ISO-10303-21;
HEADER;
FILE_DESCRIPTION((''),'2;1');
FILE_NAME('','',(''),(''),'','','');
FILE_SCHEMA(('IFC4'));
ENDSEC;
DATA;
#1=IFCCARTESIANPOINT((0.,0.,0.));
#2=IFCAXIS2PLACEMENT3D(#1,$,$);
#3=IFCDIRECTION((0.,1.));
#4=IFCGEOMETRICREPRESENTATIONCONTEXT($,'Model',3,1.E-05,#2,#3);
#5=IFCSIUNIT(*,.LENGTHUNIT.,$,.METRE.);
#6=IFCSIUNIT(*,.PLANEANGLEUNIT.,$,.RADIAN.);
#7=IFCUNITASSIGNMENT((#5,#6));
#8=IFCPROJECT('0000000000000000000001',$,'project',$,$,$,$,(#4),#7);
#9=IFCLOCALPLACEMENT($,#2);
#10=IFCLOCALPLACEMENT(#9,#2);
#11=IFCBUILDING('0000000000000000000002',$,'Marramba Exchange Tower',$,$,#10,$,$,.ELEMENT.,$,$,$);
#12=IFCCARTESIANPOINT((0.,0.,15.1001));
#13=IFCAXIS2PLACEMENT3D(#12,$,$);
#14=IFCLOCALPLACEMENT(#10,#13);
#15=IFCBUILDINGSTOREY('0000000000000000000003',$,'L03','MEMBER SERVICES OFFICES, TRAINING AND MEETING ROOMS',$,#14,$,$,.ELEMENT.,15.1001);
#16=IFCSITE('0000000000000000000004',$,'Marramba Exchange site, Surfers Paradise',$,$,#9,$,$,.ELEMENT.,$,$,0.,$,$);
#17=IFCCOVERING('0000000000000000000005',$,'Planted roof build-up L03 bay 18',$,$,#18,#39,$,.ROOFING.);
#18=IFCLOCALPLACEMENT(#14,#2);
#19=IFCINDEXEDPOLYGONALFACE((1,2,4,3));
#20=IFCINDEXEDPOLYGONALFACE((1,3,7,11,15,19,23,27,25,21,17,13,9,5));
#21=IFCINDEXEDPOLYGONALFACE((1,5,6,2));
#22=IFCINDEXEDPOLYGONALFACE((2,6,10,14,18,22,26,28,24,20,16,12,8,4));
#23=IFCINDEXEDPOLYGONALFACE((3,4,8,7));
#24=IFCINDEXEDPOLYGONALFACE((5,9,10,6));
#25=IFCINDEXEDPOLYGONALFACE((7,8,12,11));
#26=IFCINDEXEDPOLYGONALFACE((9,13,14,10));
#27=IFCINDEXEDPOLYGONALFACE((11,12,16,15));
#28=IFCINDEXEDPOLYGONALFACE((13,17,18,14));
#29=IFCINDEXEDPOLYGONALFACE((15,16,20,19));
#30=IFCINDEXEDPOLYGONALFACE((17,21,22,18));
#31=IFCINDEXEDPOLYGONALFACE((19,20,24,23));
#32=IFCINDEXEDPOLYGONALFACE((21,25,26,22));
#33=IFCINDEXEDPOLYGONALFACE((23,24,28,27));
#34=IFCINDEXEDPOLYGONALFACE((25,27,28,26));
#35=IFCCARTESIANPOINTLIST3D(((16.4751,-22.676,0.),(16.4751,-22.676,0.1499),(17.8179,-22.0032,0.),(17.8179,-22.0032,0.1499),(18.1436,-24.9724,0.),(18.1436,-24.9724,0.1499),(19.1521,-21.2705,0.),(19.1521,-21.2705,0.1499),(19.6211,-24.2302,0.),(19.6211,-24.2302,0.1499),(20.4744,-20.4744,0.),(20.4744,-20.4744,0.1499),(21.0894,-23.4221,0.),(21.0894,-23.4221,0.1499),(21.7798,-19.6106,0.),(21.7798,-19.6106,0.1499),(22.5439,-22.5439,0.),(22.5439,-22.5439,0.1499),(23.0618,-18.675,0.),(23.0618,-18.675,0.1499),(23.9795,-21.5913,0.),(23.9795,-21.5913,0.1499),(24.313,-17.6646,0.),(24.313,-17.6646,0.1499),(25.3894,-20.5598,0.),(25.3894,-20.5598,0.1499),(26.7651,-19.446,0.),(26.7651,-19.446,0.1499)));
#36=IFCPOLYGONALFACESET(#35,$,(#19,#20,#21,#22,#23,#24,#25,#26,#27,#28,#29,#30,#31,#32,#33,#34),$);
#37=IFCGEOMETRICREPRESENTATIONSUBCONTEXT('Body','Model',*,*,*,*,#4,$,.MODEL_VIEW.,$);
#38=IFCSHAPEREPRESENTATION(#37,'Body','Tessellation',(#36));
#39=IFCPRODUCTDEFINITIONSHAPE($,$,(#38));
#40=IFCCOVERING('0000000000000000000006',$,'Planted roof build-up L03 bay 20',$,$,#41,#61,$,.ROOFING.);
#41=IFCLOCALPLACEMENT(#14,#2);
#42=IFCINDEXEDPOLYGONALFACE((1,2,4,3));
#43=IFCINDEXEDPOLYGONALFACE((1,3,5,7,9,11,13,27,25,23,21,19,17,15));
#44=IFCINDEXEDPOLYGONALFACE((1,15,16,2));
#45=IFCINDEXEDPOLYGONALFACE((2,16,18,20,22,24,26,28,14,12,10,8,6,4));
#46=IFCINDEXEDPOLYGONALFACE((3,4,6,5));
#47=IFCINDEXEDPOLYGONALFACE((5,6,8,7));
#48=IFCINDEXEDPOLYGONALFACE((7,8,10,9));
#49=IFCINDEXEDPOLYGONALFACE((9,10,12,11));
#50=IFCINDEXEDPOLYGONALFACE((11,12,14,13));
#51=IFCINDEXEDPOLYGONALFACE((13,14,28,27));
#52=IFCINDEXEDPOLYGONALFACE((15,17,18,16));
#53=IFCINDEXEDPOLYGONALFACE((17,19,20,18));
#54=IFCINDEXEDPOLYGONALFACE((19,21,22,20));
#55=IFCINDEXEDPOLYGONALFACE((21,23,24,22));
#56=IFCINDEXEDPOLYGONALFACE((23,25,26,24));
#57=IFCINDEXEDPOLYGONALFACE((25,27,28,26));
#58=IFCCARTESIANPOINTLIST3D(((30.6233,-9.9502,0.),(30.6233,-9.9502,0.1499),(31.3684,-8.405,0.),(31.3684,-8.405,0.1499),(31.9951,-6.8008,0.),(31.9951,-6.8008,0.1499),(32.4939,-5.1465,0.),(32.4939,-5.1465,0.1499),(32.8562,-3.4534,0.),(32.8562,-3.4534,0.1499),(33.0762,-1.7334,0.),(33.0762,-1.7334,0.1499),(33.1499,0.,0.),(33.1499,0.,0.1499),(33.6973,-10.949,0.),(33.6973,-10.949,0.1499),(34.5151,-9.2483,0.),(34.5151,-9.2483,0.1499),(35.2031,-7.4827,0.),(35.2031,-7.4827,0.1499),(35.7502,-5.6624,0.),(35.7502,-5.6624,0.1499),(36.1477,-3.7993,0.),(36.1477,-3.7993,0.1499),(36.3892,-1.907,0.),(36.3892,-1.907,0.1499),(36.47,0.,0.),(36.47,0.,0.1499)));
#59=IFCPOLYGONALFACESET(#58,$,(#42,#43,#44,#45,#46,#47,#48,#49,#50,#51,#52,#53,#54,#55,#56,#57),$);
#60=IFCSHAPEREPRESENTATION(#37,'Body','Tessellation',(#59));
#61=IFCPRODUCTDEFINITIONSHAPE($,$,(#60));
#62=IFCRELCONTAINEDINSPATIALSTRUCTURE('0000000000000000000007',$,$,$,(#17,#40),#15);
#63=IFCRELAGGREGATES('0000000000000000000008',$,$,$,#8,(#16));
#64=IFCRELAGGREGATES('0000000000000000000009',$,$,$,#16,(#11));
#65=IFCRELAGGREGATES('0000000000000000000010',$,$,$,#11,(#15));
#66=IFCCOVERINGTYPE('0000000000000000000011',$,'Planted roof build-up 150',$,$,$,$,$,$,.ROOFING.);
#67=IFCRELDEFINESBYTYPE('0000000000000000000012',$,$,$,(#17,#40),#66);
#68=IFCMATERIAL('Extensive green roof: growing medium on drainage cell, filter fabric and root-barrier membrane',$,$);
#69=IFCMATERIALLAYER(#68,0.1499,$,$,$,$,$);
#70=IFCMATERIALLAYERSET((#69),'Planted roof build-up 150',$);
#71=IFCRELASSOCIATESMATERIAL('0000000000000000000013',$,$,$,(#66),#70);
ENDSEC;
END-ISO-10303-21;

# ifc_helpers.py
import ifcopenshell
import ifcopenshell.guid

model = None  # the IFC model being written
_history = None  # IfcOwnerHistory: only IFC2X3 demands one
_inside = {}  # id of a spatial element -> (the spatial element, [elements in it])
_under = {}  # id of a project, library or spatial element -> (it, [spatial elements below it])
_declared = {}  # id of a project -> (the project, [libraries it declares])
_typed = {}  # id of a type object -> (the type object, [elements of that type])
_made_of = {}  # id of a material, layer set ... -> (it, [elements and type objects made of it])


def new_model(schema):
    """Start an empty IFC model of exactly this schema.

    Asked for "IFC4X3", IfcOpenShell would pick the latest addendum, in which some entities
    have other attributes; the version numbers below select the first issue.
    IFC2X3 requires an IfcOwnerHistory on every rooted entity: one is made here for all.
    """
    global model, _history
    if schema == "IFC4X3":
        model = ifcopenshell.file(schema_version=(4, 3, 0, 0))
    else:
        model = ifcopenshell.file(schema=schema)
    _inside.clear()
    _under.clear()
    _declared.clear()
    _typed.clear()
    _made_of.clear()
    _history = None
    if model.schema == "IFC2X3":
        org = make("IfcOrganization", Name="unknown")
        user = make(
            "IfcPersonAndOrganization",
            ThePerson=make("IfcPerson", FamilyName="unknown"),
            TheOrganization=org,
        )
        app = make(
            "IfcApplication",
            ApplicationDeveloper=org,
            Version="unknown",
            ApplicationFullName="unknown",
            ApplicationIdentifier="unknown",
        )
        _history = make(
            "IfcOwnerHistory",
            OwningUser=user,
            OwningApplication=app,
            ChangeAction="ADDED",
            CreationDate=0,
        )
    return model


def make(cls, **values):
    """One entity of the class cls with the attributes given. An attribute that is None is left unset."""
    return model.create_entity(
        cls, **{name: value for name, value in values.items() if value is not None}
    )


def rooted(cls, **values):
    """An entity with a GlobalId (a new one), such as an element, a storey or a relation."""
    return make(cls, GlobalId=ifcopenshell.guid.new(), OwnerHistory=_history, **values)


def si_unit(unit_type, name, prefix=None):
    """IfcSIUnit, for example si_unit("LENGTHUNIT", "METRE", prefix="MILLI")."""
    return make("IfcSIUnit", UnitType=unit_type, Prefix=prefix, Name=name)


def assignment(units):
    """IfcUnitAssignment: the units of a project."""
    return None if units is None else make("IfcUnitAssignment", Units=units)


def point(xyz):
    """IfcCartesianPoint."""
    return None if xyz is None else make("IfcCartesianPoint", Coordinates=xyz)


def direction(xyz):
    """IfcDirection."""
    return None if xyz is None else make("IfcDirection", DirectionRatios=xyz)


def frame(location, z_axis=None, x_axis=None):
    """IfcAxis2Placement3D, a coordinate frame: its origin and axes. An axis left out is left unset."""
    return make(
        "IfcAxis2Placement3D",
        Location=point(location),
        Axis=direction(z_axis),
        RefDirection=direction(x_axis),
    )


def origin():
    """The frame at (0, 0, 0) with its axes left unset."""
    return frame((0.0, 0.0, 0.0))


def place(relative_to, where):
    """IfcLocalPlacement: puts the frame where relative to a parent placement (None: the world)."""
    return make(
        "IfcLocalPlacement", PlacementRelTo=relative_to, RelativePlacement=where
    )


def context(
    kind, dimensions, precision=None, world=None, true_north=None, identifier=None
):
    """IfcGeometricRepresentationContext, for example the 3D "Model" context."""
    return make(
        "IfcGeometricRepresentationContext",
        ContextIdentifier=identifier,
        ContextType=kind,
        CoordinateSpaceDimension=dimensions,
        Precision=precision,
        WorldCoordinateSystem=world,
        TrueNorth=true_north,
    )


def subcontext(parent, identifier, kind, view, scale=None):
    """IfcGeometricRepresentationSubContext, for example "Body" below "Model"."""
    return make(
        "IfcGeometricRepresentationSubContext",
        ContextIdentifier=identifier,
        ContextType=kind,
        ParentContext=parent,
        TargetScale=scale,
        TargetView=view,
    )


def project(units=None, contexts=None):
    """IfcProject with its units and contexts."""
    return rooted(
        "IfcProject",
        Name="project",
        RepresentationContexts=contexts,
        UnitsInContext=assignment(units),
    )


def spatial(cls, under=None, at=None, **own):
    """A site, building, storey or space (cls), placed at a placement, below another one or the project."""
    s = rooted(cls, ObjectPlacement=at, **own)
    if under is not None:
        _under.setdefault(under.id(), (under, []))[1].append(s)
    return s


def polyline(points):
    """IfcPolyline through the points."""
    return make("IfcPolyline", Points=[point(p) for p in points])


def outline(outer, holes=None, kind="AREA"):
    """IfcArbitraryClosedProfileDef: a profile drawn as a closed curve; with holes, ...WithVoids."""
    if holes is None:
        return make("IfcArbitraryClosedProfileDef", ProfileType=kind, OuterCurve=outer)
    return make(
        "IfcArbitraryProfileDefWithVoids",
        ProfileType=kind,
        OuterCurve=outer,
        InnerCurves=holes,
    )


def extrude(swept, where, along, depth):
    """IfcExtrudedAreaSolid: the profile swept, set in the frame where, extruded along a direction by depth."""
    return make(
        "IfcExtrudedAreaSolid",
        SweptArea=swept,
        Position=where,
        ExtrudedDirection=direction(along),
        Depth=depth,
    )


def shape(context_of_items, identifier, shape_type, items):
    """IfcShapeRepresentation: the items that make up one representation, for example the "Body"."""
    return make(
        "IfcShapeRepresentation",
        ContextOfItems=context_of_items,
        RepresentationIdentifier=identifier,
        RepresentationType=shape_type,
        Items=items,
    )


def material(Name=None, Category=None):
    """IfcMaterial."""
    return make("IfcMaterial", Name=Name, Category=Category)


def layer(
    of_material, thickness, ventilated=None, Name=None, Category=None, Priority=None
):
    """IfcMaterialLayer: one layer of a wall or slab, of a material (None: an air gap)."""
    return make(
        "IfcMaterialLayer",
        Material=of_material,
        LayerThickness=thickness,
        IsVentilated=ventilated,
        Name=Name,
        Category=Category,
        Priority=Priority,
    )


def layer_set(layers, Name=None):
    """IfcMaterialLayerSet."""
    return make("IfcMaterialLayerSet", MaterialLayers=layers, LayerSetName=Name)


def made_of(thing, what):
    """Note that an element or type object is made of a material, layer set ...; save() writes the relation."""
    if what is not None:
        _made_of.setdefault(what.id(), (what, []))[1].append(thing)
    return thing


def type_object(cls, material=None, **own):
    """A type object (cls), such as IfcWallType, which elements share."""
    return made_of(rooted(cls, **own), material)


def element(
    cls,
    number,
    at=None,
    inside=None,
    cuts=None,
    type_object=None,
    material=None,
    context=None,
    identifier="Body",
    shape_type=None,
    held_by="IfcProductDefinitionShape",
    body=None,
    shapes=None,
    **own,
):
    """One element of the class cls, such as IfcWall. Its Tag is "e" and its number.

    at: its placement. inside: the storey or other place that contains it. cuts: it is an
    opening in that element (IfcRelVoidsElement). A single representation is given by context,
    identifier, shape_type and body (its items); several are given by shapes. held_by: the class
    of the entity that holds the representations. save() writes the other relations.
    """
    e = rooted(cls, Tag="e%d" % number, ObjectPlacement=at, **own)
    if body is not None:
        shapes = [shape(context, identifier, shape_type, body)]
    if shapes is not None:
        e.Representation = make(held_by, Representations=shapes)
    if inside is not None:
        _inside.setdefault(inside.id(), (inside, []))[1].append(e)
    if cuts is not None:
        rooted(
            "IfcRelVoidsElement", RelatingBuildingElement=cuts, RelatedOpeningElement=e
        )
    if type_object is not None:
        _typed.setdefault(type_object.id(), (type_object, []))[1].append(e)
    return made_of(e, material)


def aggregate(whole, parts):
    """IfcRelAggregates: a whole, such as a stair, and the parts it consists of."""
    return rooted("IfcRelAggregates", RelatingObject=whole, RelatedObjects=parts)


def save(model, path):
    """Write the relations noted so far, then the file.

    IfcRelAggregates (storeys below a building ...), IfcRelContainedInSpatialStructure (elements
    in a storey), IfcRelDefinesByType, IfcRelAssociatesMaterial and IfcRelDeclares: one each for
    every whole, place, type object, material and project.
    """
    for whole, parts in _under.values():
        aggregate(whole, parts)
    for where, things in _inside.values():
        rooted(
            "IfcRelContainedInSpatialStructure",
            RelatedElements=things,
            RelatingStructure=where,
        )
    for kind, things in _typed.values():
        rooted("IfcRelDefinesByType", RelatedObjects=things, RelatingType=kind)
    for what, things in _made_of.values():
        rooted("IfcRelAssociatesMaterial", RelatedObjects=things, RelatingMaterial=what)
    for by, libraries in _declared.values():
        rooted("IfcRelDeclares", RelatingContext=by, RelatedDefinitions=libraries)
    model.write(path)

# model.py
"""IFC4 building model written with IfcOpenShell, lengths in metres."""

from ifc_helpers import new_model, si_unit, direction, frame, origin, place, context, subcontext, project, spatial, polyline, outline, extrude, material, layer, layer_set, type_object, element, save


model = new_model("IFC4")

# Units and contexts
model_context = context("Model", 3, precision=1e-05, world=origin(), true_north=direction((0.0, 1.0)))
body_context = subcontext(model_context, "Body", "Model", "MODEL_VIEW")
ifc_project = project(units=[si_unit("LENGTHUNIT", "METRE"), si_unit("PLANEANGLEUNIT", "RADIAN")], contexts=[model_context])

# Site, building, storey
site_placement = place(None, origin())
site = spatial("IfcSite", under=ifc_project, at=site_placement, Name="Marramba Exchange site, Surfers Paradise", CompositionType="ELEMENT", RefElevation=0.0)
building_placement = place(site_placement, origin())
building = spatial("IfcBuilding", under=site, at=building_placement, Name="Marramba Exchange Tower", CompositionType="ELEMENT")
storey_placement = place(building_placement, frame((0.0, 0.0, 15.1001)))
storey = spatial("IfcBuildingStorey", under=building, at=storey_placement, Name="L03", Description="MEMBER SERVICES OFFICES, TRAINING AND MEETING ROOMS", CompositionType="ELEMENT", Elevation=15.1001)

# Coverings
ifc_material_1 = material(Name="Extensive green roof: growing medium on drainage cell, filter fabric and root-barrier membrane")
ifc_layer_1 = layer(ifc_material_1, 0.1499)
ifc_layer_set_1 = layer_set([ifc_layer_1], Name="Planted roof build-up 150")
covering_type = type_object("IfcCoveringType", Name="Planted roof build-up 150", PredefinedType="ROOFING", material=ifc_layer_set_1)
covering_1_placement = place(storey_placement, origin())
element("IfcCovering", 1, at=covering_1_placement, inside=storey, type_object=covering_type, Name="Planted roof build-up L03 bay 18", PredefinedType="ROOFING", context=body_context, shape_type="SweptSolid", body=[
    extrude(outline(polyline([(16.4751, -22.676), (17.8179, -22.0032), (19.1521, -21.2705), (20.4744, -20.4744), (21.7798, -19.6106), (23.0618, -18.675), (24.313, -17.6646), (26.7651, -19.446), (25.3894, -20.5598), (23.9795, -21.5913), (22.5439, -22.5439), (21.0894, -23.4221), (19.6211, -24.2302), (18.1436, -24.9724), (18.1436, -24.9724), (16.4751, -22.676)])), origin(), (0.0, 0.0, 1.0), 0.1499),
])
covering_2_placement = place(storey_placement, origin())
element("IfcCovering", 2, at=covering_2_placement, inside=storey, type_object=covering_type, Name="Planted roof build-up L03 bay 20", PredefinedType="ROOFING", context=body_context, shape_type="SweptSolid", body=[
    extrude(outline(polyline([(30.6233, -9.9502), (31.3684, -8.405), (31.9951, -6.8008), (32.4939, -5.1465), (32.8562, -3.4534), (33.0762, -1.7334), (33.1499, 0.0), (36.47, 0.0), (36.3892, -1.907), (36.1477, -3.7993), (35.7502, -5.6624), (35.2031, -7.4827), (34.5151, -9.2483), (33.6973, -10.949), (30.6233, -9.9502)])), origin(), (0.0, 0.0, 1.0), 0.1499),
])

save(model, "model.ifc")
